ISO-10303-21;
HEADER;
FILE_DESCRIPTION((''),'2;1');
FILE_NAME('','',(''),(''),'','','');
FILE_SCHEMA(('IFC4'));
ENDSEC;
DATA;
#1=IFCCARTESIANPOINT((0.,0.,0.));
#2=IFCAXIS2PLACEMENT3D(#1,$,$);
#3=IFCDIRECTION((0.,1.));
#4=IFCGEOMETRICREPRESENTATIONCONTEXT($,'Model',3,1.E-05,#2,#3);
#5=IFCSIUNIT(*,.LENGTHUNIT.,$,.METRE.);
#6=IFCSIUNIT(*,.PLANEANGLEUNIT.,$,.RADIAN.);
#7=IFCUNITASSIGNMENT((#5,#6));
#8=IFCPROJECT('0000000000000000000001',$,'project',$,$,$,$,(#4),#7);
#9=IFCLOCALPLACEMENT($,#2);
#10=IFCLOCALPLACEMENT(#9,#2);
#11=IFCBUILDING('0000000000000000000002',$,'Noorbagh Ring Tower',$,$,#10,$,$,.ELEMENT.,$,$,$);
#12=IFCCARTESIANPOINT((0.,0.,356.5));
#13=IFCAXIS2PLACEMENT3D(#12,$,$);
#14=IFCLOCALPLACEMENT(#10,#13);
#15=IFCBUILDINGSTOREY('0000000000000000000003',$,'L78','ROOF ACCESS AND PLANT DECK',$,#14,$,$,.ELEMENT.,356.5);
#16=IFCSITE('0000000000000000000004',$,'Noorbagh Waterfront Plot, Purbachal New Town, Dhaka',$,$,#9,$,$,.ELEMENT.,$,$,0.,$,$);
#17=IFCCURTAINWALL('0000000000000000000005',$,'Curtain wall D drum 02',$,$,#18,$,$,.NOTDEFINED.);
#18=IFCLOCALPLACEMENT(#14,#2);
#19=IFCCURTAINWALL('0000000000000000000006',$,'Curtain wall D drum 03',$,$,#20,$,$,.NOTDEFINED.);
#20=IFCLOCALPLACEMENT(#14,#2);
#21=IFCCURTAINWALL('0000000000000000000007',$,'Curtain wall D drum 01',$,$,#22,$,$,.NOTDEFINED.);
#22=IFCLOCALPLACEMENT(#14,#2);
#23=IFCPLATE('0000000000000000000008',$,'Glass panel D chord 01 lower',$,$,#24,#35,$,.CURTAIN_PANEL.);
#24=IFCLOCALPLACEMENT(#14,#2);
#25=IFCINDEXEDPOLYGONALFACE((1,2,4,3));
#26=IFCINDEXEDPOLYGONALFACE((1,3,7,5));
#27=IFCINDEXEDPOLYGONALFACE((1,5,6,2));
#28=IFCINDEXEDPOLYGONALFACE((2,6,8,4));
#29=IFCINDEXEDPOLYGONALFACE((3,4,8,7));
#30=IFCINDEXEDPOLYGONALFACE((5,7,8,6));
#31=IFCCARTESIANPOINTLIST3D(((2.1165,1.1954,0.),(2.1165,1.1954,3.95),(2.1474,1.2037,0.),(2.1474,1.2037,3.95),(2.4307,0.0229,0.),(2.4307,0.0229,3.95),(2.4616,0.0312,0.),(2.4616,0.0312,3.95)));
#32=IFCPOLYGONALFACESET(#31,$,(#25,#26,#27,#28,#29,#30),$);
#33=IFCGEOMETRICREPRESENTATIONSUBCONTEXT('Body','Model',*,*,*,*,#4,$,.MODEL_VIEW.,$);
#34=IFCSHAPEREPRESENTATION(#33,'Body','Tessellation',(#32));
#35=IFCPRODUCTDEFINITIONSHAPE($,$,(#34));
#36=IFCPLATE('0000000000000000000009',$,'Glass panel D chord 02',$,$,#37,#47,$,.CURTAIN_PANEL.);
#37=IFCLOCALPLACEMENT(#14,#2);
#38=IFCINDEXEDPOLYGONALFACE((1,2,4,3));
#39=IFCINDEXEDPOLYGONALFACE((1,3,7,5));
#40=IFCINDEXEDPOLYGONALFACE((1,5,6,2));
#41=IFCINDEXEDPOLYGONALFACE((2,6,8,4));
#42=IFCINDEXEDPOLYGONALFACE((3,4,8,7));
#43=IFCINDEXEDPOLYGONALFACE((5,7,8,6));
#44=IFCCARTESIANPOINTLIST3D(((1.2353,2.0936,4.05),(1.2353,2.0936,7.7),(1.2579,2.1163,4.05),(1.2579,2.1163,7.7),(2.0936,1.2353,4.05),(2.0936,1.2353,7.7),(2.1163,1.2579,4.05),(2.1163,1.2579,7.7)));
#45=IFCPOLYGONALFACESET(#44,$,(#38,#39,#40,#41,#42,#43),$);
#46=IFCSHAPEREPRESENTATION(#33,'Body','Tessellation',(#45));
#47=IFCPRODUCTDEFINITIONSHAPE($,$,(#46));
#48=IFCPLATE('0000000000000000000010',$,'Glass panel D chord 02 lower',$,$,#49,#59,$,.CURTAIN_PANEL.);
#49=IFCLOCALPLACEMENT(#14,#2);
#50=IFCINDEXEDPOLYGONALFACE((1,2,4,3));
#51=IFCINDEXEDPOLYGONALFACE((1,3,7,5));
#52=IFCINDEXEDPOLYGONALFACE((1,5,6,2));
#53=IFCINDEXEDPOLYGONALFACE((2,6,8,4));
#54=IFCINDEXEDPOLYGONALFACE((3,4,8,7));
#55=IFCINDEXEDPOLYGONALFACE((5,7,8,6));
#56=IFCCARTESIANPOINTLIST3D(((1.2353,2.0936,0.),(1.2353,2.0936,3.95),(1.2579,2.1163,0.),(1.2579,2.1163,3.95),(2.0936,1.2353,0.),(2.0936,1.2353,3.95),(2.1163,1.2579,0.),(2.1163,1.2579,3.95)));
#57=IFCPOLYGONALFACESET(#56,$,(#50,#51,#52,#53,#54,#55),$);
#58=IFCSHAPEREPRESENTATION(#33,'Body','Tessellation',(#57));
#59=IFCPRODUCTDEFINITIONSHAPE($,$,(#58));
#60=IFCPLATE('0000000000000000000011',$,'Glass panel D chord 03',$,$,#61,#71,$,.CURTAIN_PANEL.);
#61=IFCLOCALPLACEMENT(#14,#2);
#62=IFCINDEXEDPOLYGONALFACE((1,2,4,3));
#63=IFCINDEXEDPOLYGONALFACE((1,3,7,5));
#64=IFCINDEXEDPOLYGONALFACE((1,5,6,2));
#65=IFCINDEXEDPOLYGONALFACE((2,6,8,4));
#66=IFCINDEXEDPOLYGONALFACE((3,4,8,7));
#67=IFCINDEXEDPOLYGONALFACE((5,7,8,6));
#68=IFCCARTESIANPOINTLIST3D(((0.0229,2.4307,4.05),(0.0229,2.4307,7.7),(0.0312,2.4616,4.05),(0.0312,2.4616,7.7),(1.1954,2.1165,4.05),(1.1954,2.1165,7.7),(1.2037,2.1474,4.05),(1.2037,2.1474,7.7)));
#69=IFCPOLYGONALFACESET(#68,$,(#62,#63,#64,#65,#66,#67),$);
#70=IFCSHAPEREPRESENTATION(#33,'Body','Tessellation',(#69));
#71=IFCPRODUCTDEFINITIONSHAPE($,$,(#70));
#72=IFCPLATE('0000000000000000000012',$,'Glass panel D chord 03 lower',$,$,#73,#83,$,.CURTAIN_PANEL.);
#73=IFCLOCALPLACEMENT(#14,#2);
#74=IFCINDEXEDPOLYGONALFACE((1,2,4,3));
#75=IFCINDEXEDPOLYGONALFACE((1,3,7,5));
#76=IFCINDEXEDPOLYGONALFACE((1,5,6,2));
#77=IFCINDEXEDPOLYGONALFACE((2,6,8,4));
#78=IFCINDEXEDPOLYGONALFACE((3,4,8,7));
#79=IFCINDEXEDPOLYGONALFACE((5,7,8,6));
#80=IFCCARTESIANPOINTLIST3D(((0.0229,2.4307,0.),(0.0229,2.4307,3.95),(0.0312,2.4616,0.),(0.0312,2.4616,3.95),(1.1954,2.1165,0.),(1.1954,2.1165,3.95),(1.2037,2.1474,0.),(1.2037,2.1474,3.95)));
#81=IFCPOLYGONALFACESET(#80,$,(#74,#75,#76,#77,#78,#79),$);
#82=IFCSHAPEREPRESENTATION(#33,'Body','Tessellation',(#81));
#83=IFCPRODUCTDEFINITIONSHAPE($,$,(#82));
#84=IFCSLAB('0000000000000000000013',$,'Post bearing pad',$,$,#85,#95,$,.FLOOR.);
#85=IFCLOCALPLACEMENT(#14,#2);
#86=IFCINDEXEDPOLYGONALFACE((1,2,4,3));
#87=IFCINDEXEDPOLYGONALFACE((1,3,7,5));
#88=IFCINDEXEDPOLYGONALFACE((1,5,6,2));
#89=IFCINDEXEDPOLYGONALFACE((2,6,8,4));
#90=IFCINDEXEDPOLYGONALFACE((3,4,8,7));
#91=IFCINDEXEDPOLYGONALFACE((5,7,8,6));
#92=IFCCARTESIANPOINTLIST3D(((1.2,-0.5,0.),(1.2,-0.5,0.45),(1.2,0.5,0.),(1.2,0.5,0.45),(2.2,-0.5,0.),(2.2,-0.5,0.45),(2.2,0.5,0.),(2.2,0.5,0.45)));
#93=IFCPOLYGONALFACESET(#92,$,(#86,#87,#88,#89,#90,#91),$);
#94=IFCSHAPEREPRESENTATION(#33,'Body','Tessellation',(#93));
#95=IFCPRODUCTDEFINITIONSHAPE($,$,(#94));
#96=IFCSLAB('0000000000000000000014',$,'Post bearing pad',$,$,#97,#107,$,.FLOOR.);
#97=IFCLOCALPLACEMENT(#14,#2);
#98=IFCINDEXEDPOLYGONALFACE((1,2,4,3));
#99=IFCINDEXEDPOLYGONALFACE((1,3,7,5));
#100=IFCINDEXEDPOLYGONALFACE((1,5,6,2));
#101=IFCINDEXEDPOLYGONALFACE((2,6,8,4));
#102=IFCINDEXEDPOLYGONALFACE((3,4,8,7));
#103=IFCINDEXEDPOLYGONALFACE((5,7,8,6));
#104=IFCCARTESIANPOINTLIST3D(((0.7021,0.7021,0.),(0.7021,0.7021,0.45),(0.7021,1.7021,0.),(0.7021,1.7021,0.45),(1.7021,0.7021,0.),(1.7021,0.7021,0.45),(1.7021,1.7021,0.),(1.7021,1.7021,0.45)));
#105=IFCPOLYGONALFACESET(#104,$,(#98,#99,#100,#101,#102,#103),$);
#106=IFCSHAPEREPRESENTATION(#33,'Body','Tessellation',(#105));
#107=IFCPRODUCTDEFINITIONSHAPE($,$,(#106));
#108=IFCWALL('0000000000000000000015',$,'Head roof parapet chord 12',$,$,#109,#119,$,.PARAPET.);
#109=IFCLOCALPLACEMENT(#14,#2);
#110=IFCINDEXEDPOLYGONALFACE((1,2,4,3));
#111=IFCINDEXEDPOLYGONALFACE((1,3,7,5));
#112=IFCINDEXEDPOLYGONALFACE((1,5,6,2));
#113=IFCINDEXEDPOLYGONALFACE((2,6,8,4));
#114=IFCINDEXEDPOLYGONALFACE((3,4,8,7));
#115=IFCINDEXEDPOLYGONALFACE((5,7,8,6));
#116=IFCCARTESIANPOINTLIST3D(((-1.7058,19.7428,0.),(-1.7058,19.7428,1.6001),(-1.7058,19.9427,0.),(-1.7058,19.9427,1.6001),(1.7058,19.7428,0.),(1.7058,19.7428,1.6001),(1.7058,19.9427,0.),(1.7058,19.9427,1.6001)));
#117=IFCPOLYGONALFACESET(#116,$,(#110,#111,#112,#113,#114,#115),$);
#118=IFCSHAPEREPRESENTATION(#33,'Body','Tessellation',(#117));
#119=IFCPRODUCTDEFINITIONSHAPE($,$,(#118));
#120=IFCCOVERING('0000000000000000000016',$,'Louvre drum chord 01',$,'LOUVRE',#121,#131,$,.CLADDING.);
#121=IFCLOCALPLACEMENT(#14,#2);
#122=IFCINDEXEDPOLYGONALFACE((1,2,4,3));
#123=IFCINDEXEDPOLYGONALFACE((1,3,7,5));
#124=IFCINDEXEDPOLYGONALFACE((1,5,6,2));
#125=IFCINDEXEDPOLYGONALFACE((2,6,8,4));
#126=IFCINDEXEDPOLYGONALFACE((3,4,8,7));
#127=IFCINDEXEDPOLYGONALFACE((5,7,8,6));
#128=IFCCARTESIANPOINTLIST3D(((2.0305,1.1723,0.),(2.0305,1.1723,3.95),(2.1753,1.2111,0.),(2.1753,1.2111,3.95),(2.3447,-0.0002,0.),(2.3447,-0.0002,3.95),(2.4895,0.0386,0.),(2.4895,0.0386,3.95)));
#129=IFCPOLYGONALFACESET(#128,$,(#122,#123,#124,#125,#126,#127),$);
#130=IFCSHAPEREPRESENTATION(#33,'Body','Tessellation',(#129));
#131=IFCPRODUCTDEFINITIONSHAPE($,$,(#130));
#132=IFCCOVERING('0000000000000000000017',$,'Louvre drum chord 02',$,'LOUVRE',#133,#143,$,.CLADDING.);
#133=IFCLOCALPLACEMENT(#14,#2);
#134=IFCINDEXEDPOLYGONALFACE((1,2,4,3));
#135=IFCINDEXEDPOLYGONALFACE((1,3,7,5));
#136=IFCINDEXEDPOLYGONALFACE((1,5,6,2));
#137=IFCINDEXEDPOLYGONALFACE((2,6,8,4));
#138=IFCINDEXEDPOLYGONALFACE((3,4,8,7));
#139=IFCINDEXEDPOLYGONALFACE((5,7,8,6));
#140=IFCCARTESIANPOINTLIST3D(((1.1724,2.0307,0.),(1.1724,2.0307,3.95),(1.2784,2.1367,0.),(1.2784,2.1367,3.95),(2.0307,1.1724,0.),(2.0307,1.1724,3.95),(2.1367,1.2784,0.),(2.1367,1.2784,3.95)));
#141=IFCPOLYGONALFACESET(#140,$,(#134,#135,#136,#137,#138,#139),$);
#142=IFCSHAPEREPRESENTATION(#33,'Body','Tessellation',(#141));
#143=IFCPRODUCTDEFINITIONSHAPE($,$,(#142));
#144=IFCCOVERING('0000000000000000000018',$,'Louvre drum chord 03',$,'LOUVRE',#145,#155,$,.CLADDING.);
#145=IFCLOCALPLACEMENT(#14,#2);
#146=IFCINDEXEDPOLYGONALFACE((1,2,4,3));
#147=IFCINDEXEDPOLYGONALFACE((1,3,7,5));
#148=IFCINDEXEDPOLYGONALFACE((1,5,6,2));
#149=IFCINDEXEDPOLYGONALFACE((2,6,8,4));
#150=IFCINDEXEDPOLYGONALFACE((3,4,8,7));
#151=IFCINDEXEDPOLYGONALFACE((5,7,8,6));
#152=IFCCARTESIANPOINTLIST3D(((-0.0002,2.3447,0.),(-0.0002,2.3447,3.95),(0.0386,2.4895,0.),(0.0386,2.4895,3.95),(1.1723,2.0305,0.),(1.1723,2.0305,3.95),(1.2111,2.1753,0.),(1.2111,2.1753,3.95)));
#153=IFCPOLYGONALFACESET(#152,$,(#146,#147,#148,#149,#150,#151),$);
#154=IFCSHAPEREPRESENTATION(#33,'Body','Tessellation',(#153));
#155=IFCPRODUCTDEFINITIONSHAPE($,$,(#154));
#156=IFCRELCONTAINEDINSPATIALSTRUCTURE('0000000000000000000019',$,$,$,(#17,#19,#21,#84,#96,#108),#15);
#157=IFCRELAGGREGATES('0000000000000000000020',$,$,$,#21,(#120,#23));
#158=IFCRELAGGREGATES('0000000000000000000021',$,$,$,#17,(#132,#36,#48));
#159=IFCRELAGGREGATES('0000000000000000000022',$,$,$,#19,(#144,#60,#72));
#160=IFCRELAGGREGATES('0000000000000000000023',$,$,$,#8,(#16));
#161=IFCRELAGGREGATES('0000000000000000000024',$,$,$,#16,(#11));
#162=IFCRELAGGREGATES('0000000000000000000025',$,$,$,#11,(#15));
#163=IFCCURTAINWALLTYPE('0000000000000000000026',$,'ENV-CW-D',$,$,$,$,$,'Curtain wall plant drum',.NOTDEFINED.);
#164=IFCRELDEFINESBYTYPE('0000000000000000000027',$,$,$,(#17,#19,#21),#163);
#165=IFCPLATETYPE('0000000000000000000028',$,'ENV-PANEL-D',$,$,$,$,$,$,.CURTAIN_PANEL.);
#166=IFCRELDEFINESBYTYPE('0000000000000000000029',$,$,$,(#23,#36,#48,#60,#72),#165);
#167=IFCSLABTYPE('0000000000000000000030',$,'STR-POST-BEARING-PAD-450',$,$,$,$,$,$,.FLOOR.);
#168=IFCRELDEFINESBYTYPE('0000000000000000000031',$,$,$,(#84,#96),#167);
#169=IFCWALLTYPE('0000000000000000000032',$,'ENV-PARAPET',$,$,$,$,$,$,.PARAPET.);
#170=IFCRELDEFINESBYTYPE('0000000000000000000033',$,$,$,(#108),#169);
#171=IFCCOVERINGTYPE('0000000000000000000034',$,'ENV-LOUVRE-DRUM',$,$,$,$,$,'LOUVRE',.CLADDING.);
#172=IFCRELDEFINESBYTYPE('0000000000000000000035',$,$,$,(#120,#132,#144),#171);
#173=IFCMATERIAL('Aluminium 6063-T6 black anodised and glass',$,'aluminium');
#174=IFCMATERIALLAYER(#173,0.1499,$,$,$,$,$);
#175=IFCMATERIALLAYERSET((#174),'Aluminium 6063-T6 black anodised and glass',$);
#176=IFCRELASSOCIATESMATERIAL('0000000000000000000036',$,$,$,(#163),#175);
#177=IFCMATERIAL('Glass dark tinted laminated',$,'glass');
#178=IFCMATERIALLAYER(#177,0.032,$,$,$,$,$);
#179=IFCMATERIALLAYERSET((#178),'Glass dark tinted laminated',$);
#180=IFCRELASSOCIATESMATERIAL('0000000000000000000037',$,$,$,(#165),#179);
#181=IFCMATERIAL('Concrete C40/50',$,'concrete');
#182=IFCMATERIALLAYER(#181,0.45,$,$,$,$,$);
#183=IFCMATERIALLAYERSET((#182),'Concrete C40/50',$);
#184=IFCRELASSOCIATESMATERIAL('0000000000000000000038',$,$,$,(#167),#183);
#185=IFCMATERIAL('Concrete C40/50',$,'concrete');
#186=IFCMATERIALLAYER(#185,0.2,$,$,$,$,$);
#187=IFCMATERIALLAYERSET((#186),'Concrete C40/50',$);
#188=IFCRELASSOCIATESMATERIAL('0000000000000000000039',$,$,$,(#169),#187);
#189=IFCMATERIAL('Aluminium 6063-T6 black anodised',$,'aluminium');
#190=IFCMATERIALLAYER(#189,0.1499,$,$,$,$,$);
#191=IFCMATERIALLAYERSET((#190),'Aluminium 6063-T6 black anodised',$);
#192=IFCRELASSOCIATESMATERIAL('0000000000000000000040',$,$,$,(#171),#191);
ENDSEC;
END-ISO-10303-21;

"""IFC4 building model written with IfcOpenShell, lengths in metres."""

from ifc_helpers import new_model, si_unit, direction, frame, frame_2d, origin, origin_2d, place, context, subcontext, project, spatial, rectangle, extrude, material, layer, layer_set, type_object, element, aggregate, save


model = new_model("IFC4")

# Units and contexts
model_context = context("Model", 3, precision=1e-05, world=origin(), true_north=direction((0.0, 1.0)))
body_context = subcontext(model_context, "Body", "Model", "MODEL_VIEW")
ifc_project = project(units=[si_unit("LENGTHUNIT", "METRE"), si_unit("PLANEANGLEUNIT", "RADIAN")], contexts=[model_context])

# Site, building, storey
site_placement = place(None, origin())
site = spatial("IfcSite", under=ifc_project, at=site_placement, Name="Noorbagh Waterfront Plot, Purbachal New Town, Dhaka", CompositionType="ELEMENT", RefElevation=0.0)
building_placement = place(site_placement, origin())
building = spatial("IfcBuilding", under=site, at=building_placement, Name="Noorbagh Ring Tower", CompositionType="ELEMENT")
storey_placement = place(building_placement, frame((0.0, 0.0, 356.5)))
storey = spatial("IfcBuildingStorey", under=building, at=storey_placement, Name="L78", Description="ROOF ACCESS AND PLANT DECK", CompositionType="ELEMENT", Elevation=356.5)

# Curtain walls
ifc_material_1 = material(Name="Aluminium 6063-T6 black anodised and glass", Category="aluminium")
ifc_layer_1 = layer(ifc_material_1, 0.1499)
ifc_layer_set_1 = layer_set([ifc_layer_1], Name="Aluminium 6063-T6 black anodised and glass")
curtain_wall_type = type_object("IfcCurtainWallType", Name="ENV-CW-D", ElementType="Curtain wall plant drum", PredefinedType="NOTDEFINED", material=ifc_layer_set_1)
curtain_wall_1_placement = place(storey_placement, origin())
curtain_wall_1 = element("IfcCurtainWall", 1, at=curtain_wall_1_placement, inside=storey, type_object=curtain_wall_type, Name="Curtain wall D drum 02", PredefinedType="NOTDEFINED")
curtain_wall_2_placement = place(storey_placement, origin())
curtain_wall_2 = element("IfcCurtainWall", 2, at=curtain_wall_2_placement, inside=storey, type_object=curtain_wall_type, Name="Curtain wall D drum 03", PredefinedType="NOTDEFINED")

# Shared definitions
placement = place(building_placement, frame((0.0, 0.0, 360.1499)))

# Curtain wall, plate
curtain_wall_3_placement = place(storey_placement, origin())
curtain_wall_3 = element("IfcCurtainWall", 3, at=curtain_wall_3_placement, inside=storey, type_object=curtain_wall_type, Name="Curtain wall D drum 01", PredefinedType="NOTDEFINED")
ifc_material_2 = material(Name="Glass dark tinted laminated", Category="glass")
ifc_layer_2 = layer(ifc_material_2, 0.032)
ifc_layer_set_2 = layer_set([ifc_layer_2], Name="Glass dark tinted laminated")
plate_type = type_object("IfcPlateType", Name="ENV-PANEL-D", PredefinedType="CURTAIN_PANEL", material=ifc_layer_set_2)
plate_1_placement = place(storey_placement, frame((2.2891, 0.6133, 0.0), z_axis=(0.0, 0.0, 1.0), x_axis=(-0.258819, 0.965926, 0.0)))
plate_1 = element("IfcPlate", 4, at=plate_1_placement, type_object=plate_type, Name="Glass panel D chord 01 lower", PredefinedType="CURTAIN_PANEL", context=body_context, shape_type="SweptSolid", body=[
    extrude(rectangle(XDim=1.2139, YDim=0.032, at=origin_2d()), origin(), (0.0, 0.0, 1.0), 3.95),
])

# Plates
plate_2_placement = place(placement, frame((1.6758, 1.6758, 0.4001), z_axis=(0.0, 0.0, 1.0), x_axis=(-0.707107, 0.707107, 0.0)))
plate_2 = element("IfcPlate", 5, at=plate_2_placement, type_object=plate_type, Name="Glass panel D chord 02", PredefinedType="CURTAIN_PANEL", context=body_context, shape_type="SweptSolid", body=[
    extrude(rectangle(XDim=1.2139, YDim=0.032, at=origin_2d()), origin(), (0.0, 0.0, 1.0), 3.6499),
])
plate_3_placement = place(storey_placement, frame((1.6758, 1.6758, 0.0), z_axis=(0.0, 0.0, 1.0), x_axis=(-0.707107, 0.707107, 0.0)))
plate_3 = element("IfcPlate", 6, at=plate_3_placement, type_object=plate_type, Name="Glass panel D chord 02 lower", PredefinedType="CURTAIN_PANEL", context=body_context, shape_type="SweptSolid", body=[
    extrude(rectangle(XDim=1.2139, YDim=0.032, at=origin_2d()), origin(), (0.0, 0.0, 1.0), 3.95),
])
plate_4_placement = place(placement, frame((0.6133, 2.2891, 0.4001), z_axis=(0.0, 0.0, 1.0), x_axis=(-0.965926, 0.258819, 0.0)))
plate_4 = element("IfcPlate", 7, at=plate_4_placement, type_object=plate_type, Name="Glass panel D chord 03", PredefinedType="CURTAIN_PANEL", context=body_context, shape_type="SweptSolid", body=[
    extrude(rectangle(XDim=1.2139, YDim=0.032, at=origin_2d()), origin(), (0.0, 0.0, 1.0), 3.6499),
])
plate_5_placement = place(storey_placement, frame((0.6133, 2.2891, 0.0), z_axis=(0.0, 0.0, 1.0), x_axis=(-0.965926, 0.258819, 0.0)))
plate_5 = element("IfcPlate", 8, at=plate_5_placement, type_object=plate_type, Name="Glass panel D chord 03 lower", PredefinedType="CURTAIN_PANEL", context=body_context, shape_type="SweptSolid", body=[
    extrude(rectangle(XDim=1.2139, YDim=0.032, at=origin_2d()), origin(), (0.0, 0.0, 1.0), 3.95),
])

# Slabs
ifc_material_3 = material(Name="Concrete C40/50", Category="concrete")
ifc_layer_3 = layer(ifc_material_3, 0.45)
ifc_layer_set_3 = layer_set([ifc_layer_3], Name="Concrete C40/50")
slab_type = type_object("IfcSlabType", Name="STR-POST-BEARING-PAD-450", PredefinedType="FLOOR", material=ifc_layer_set_3)
for number, where, z_axis, x_axis, name in (
    (9, (1.7, 0.0, 0.0), (0.0, 0.0, 1.0), (1.0, 0.0, 0.0), "Post bearing pad"),
    (10, (1.2021, 1.2021, 0.0), (0.0, 0.0, 1.0), (1.0, 0.0, 0.0), "Post bearing pad"),
):
    element("IfcSlab", number, at=place(storey_placement, frame(where, z_axis=z_axis, x_axis=x_axis)), inside=storey, type_object=slab_type, Name=name, PredefinedType="FLOOR", context=body_context, shape_type="SweptSolid", body=[
        extrude(rectangle(XDim=1.0, YDim=1.0, at=origin_2d()), origin(), (0.0, 0.0, 1.0), 0.45),
    ])

# Wall
ifc_material_4 = material(Name="Concrete C40/50", Category="concrete")
ifc_layer_4 = layer(ifc_material_4, 0.2)
ifc_layer_set_4 = layer_set([ifc_layer_4], Name="Concrete C40/50")
wall_type = type_object("IfcWallType", Name="ENV-PARAPET", PredefinedType="PARAPET", material=ifc_layer_set_4)
wall_placement = place(storey_placement, frame((1.7058, 19.8428, 0.0), z_axis=(0.0, 0.0, 1.0), x_axis=(-1.0, 0.0, 0.0)))
element("IfcWall", 11, at=wall_placement, inside=storey, type_object=wall_type, Name="Head roof parapet chord 12", PredefinedType="PARAPET", context=body_context, shape_type="SweptSolid", body=[
    extrude(rectangle(XDim=3.4116, YDim=0.2, at=frame_2d((1.7058, 0.0))), origin(), (0.0, 0.0, 1.0), 1.6001),
])

# Coverings
ifc_material_5 = material(Name="Aluminium 6063-T6 black anodised", Category="aluminium")
ifc_layer_5 = layer(ifc_material_5, 0.1499)
ifc_layer_set_5 = layer_set([ifc_layer_5], Name="Aluminium 6063-T6 black anodised")
covering_type_1 = type_object("IfcCoveringType", Name="ENV-LOUVRE-DRUM", ElementType="LOUVRE", PredefinedType="CLADDING", material=ifc_layer_set_5)
covering_1_placement = place(storey_placement, frame((2.26, 0.6055, 0.0), z_axis=(0.0, 0.0, 1.0), x_axis=(-0.258819, 0.965926, 0.0)))
covering_1 = element("IfcCovering", 12, at=covering_1_placement, type_object=covering_type_1, Name="Louvre drum chord 01", ObjectType="LOUVRE", PredefinedType="CLADDING", context=body_context, shape_type="SweptSolid", body=[
    extrude(rectangle(XDim=1.2139, YDim=0.1499, at=origin_2d()), origin(), (0.0, 0.0, 1.0), 3.95),
])
aggregate(curtain_wall_3, [covering_1, plate_1])
covering_2_placement = place(storey_placement, frame((1.6545, 1.6545, 0.0), z_axis=(0.0, 0.0, 1.0), x_axis=(-0.707107, 0.707107, 0.0)))
covering_2 = element("IfcCovering", 13, at=covering_2_placement, type_object=covering_type_1, Name="Louvre drum chord 02", ObjectType="LOUVRE", PredefinedType="CLADDING", context=body_context, shape_type="SweptSolid", body=[
    extrude(rectangle(XDim=1.2139, YDim=0.1499, at=origin_2d()), origin(), (0.0, 0.0, 1.0), 3.95),
])
aggregate(curtain_wall_1, [covering_2, plate_2, plate_3])
covering_3_placement = place(storey_placement, frame((0.6055, 2.26, 0.0), z_axis=(0.0, 0.0, 1.0), x_axis=(-0.965926, 0.258819, 0.0)))
covering_3 = element("IfcCovering", 14, at=covering_3_placement, type_object=covering_type_1, Name="Louvre drum chord 03", ObjectType="LOUVRE", PredefinedType="CLADDING", context=body_context, shape_type="SweptSolid", body=[
    extrude(rectangle(XDim=1.2139, YDim=0.1499, at=origin_2d()), origin(), (0.0, 0.0, 1.0), 3.95),
])
aggregate(curtain_wall_2, [covering_3, plate_4, plate_5])

save(model, "model.ifc")
